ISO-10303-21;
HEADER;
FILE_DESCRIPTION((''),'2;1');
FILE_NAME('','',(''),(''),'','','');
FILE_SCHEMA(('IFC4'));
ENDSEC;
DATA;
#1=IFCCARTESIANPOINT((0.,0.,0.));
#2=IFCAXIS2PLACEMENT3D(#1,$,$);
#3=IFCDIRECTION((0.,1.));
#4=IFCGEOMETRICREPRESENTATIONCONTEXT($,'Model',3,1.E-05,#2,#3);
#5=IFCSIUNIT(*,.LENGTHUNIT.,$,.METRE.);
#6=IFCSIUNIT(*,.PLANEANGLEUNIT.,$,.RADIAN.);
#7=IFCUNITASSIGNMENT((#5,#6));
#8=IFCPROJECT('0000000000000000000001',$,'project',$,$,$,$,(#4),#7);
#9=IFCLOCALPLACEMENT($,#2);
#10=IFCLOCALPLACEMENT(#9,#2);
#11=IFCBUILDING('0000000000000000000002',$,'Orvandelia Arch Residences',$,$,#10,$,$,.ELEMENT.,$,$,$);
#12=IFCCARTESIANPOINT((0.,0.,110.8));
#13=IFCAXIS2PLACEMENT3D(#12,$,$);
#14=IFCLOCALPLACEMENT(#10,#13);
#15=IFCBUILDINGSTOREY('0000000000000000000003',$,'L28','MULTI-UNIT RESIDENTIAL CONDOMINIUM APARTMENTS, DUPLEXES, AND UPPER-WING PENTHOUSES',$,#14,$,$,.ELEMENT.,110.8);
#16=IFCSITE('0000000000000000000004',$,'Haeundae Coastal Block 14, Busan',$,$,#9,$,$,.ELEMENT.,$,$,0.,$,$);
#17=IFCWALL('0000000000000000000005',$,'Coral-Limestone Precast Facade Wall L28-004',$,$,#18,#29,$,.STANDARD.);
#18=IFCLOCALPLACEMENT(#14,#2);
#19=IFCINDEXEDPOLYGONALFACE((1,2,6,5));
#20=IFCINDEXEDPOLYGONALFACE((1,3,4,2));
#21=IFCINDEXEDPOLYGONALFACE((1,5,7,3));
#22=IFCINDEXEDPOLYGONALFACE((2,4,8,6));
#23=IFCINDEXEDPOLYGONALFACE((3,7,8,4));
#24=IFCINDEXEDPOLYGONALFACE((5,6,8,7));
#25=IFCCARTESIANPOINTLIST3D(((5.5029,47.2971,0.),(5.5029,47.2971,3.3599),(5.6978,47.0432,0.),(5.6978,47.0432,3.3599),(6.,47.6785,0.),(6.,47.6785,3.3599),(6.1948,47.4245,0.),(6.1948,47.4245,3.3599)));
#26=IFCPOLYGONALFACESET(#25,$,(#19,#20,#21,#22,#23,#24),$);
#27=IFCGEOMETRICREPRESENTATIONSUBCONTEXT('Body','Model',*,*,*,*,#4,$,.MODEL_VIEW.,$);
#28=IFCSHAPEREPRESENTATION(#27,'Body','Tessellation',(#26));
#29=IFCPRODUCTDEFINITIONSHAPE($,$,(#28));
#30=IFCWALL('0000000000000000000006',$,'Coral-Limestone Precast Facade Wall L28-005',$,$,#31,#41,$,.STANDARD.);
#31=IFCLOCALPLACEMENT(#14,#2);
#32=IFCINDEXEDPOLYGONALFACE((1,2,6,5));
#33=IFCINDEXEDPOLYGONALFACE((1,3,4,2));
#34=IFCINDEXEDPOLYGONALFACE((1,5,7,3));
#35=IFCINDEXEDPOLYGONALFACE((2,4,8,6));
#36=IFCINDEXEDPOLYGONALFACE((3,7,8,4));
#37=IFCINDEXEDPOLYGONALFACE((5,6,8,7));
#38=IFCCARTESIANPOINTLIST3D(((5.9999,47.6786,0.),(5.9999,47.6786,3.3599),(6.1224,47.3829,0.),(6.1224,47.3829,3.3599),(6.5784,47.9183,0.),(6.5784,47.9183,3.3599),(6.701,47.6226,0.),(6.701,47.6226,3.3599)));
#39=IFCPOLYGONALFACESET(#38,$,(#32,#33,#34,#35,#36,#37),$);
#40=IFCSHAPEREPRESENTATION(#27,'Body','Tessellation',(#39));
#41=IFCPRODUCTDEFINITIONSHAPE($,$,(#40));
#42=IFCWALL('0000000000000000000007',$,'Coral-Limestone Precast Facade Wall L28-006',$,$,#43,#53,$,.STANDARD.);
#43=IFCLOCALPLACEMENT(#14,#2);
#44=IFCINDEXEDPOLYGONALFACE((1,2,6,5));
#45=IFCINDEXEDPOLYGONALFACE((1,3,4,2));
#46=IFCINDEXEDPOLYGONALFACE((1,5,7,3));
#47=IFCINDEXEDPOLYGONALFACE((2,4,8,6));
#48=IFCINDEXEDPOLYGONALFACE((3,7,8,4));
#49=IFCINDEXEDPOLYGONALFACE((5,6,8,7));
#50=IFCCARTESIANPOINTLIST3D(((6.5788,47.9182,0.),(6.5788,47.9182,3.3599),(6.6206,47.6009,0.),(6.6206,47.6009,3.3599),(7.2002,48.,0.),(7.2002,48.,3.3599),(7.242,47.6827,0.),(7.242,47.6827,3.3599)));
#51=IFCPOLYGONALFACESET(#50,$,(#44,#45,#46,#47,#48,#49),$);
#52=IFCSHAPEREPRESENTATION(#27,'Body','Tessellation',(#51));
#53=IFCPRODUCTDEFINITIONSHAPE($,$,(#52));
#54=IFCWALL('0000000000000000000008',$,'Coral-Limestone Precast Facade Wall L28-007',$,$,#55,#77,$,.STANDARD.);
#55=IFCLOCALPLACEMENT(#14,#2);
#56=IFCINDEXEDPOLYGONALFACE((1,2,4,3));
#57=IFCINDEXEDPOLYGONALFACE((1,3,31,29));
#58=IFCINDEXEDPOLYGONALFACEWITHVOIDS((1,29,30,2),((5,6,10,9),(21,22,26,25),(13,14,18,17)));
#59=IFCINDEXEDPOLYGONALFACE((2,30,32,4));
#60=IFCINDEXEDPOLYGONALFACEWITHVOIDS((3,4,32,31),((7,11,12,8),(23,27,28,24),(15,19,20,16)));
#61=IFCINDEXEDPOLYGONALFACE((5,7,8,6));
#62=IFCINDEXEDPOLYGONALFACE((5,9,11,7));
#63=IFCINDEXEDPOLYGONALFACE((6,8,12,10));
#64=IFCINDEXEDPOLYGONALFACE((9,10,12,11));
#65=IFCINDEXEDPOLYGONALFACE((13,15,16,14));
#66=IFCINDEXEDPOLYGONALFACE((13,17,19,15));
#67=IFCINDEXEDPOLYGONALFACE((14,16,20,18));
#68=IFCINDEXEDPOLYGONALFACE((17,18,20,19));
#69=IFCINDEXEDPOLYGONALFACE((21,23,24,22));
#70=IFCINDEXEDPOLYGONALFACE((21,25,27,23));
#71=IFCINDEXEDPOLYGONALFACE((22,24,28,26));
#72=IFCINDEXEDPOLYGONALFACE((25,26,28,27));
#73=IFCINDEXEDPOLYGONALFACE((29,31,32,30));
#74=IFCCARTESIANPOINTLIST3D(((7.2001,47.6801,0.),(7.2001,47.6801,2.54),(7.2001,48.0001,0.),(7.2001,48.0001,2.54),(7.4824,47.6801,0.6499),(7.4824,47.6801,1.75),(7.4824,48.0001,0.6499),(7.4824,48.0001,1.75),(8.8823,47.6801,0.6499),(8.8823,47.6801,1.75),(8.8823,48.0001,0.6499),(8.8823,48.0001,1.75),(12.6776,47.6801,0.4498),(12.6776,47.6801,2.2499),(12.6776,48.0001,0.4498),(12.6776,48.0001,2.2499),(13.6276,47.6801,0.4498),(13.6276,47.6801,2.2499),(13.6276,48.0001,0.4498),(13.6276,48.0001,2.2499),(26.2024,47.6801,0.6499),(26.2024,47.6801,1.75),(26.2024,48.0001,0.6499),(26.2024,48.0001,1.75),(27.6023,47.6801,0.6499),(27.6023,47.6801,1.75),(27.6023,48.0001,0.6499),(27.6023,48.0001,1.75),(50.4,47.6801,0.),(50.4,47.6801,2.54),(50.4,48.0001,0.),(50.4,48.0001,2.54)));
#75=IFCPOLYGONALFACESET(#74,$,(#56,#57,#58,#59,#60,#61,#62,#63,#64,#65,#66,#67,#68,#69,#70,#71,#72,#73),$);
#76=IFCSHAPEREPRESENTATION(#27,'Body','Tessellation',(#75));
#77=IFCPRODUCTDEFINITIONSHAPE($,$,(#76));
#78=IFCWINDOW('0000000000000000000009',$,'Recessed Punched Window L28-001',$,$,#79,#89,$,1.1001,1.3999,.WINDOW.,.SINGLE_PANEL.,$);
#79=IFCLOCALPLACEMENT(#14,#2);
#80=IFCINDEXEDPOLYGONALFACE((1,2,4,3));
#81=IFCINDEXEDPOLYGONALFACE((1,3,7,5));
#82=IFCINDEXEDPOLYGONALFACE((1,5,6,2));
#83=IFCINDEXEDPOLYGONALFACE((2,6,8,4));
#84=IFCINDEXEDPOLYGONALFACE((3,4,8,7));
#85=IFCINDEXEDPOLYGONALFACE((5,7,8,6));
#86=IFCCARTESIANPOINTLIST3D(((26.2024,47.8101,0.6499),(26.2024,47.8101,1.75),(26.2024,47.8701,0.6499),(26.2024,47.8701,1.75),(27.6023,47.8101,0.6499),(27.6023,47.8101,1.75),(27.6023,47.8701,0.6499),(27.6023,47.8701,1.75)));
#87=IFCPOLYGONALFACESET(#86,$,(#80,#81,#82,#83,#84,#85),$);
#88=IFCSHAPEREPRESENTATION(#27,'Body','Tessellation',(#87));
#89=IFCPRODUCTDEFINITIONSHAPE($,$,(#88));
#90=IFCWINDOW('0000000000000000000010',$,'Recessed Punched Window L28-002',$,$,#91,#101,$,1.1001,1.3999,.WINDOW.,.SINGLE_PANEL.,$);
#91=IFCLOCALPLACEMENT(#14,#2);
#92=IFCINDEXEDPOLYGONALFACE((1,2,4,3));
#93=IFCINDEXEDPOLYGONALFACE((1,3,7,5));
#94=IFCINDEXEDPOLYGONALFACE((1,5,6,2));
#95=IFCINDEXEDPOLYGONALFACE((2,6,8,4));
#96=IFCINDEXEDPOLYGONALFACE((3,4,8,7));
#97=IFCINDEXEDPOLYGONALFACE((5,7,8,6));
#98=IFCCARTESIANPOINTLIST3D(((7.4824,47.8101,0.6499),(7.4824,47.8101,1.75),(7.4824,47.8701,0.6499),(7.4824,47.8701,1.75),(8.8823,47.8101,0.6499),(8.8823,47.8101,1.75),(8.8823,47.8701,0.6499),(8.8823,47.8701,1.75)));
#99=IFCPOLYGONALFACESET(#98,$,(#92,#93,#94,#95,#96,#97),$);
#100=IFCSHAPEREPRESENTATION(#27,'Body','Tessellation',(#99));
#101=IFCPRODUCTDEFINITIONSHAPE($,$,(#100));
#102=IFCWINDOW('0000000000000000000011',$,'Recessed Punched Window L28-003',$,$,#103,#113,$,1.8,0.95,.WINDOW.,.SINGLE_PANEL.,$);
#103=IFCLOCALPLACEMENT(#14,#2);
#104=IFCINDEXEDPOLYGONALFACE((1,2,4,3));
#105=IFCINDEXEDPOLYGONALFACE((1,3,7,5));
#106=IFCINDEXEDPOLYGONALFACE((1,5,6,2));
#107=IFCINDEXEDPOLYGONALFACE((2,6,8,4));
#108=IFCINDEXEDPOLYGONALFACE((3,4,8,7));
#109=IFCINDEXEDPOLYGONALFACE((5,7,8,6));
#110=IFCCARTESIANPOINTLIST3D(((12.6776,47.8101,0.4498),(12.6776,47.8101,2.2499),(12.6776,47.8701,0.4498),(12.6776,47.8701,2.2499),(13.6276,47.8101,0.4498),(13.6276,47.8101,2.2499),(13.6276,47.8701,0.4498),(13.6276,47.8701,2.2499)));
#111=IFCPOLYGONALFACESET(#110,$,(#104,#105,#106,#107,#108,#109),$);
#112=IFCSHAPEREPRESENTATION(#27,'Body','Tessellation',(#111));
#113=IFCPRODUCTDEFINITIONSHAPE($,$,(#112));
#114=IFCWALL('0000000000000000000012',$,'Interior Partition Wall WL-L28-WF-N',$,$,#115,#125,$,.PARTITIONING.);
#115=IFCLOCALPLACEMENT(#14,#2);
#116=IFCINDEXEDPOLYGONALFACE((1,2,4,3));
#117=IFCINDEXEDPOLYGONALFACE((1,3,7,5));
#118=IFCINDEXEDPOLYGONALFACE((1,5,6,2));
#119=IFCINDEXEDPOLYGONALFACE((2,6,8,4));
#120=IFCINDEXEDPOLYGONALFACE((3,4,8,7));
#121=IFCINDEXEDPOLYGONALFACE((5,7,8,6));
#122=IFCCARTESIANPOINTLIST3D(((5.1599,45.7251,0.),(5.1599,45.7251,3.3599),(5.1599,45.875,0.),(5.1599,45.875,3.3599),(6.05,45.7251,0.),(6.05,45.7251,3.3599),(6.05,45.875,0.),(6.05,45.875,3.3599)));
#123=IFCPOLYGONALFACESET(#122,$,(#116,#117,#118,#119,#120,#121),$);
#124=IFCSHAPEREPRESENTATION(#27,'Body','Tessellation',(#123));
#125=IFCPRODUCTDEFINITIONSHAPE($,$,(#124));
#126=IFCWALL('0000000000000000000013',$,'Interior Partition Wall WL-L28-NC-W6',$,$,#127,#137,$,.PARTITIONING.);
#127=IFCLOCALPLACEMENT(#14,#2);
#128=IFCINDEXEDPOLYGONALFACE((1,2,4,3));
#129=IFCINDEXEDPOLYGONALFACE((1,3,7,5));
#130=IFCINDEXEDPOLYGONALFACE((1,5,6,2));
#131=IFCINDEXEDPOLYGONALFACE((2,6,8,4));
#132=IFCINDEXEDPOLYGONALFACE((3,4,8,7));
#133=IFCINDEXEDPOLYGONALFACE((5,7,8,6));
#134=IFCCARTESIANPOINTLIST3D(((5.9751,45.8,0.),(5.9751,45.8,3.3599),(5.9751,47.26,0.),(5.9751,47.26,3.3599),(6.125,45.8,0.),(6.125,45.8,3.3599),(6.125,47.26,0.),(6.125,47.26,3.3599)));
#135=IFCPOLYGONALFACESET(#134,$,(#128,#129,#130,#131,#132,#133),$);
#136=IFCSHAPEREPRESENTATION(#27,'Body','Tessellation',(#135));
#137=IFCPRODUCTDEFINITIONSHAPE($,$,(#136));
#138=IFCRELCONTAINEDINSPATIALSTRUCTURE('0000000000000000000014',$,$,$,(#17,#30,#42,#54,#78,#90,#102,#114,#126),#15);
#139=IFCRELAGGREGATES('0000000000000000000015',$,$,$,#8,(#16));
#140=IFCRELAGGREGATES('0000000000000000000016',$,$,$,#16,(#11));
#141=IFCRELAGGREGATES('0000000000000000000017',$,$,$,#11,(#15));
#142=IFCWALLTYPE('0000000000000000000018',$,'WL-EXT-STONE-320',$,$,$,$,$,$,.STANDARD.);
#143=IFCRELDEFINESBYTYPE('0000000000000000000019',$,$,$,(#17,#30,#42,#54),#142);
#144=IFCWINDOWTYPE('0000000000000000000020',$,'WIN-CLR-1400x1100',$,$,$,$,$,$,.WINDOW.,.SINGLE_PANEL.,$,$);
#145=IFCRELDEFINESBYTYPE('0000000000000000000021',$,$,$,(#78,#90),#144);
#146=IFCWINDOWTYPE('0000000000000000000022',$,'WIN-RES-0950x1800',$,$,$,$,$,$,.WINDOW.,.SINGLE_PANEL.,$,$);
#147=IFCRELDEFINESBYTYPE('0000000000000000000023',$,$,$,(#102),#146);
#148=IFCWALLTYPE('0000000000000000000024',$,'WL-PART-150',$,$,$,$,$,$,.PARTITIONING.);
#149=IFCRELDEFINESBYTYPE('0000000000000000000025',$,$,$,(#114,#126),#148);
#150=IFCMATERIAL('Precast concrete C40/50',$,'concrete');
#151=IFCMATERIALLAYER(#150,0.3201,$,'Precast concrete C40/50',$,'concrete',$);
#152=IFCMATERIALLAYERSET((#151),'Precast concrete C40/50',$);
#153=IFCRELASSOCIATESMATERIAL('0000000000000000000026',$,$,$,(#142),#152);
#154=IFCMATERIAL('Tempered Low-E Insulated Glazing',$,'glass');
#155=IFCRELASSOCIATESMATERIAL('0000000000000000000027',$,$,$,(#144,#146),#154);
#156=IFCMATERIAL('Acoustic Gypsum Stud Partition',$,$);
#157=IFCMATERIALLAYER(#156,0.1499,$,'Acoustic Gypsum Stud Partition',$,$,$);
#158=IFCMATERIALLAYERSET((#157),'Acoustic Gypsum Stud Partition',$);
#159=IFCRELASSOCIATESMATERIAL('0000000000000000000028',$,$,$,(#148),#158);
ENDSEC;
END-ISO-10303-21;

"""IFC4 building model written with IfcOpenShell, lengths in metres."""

from ifc_helpers import new_model, si_unit, direction, frame, frame_2d, origin, place, context, subcontext, project, spatial, rectangle, extrude, material, layer, layer_set, type_object, element, fill, save


model = new_model("IFC4")

# Units and contexts
model_context = context("Model", 3, precision=1e-05, world=origin(), true_north=direction((0.0, 1.0)))
body_context = subcontext(model_context, "Body", "Model", "MODEL_VIEW")
ifc_project = project(units=[si_unit("LENGTHUNIT", "METRE"), si_unit("PLANEANGLEUNIT", "RADIAN")], contexts=[model_context])

# Site, building, storey
site_placement = place(None, origin())
site = spatial("IfcSite", under=ifc_project, at=site_placement, Name="Haeundae Coastal Block 14, Busan", CompositionType="ELEMENT", RefElevation=0.0)
building_placement = place(site_placement, origin())
building = spatial("IfcBuilding", under=site, at=building_placement, Name="Orvandelia Arch Residences", CompositionType="ELEMENT")
storey_placement = place(building_placement, frame((0.0, 0.0, 110.8)))
storey = spatial("IfcBuildingStorey", under=building, at=storey_placement, Name="L28", Description="MULTI-UNIT RESIDENTIAL CONDOMINIUM APARTMENTS, DUPLEXES, AND UPPER-WING PENTHOUSES", CompositionType="ELEMENT", Elevation=110.8)

# Walls
ifc_material_1 = material(Name="Precast concrete C40/50", Category="concrete")
ifc_layer_1 = layer(ifc_material_1, 0.3201, Name="Precast concrete C40/50", Category="concrete")
ifc_layer_set_1 = layer_set([ifc_layer_1], Name="Precast concrete C40/50")
wall_type_1 = type_object("IfcWallType", Name="WL-EXT-STONE-320", PredefinedType="STANDARD", material=ifc_layer_set_1)
wall_1_placement = place(storey_placement, frame((5.6003, 47.1702, 0.0), z_axis=(0.0, 0.0, 1.0), x_axis=(0.793406, 0.608693, 0.0)))
element("IfcWall", 1, at=wall_1_placement, inside=storey, type_object=wall_type_1, Name="Coral-Limestone Precast Facade Wall L28-004", PredefinedType="STANDARD", context=body_context, shape_type="SweptSolid", body=[
    extrude(rectangle(XDim=0.6265, YDim=0.3201, at=frame_2d((0.3132, 0.0))), origin(), (0.0, 0.0, 1.0), 3.3599),
])
wall_2_placement = place(storey_placement, frame((6.0613, 47.5308, 0.0), z_axis=(0.0, 0.0, 1.0), x_axis=(0.923836, 0.382788, 0.0)))
element("IfcWall", 2, at=wall_2_placement, inside=storey, type_object=wall_type_1, Name="Coral-Limestone Precast Facade Wall L28-005", PredefinedType="STANDARD", context=body_context, shape_type="SweptSolid", body=[
    extrude(rectangle(XDim=0.6262, YDim=0.3201, at=frame_2d((0.313, 0.0))), origin(), (0.0, 0.0, 1.0), 3.3599),
])
wall_3_placement = place(storey_placement, frame((6.5996, 47.7595, 0.0), z_axis=(0.0, 0.0, 1.0), x_axis=(0.991448, 0.130505, 0.0)))
element("IfcWall", 3, at=wall_3_placement, inside=storey, type_object=wall_type_1, Name="Coral-Limestone Precast Facade Wall L28-006", PredefinedType="STANDARD", context=body_context, shape_type="SweptSolid", body=[
    extrude(rectangle(XDim=0.6267, YDim=0.3201, at=frame_2d((0.3135, 0.0))), origin(), (0.0, 0.0, 1.0), 3.3599),
])

# Wall, openings, windows
wall_4_placement = place(storey_placement, frame((7.2, 47.8401, 0.0), z_axis=(0.0, 0.0, 1.0), x_axis=(1.0, 0.0, 0.0)))
wall_4 = element("IfcWall", 4, at=wall_4_placement, inside=storey, type_object=wall_type_1, Name="Coral-Limestone Precast Facade Wall L28-007", PredefinedType="STANDARD", context=body_context, shape_type="SweptSolid", body=[
    extrude(rectangle(XDim=43.2, YDim=0.3201, at=frame_2d((21.6001, 0.0))), origin(), (0.0, 0.0, 1.0), 2.54),
])
opening_1_placement = place(wall_4_placement, frame((19.0024, 0.0, 0.6499)))
opening_1 = element("IfcOpeningElement", 5, at=opening_1_placement, cuts=wall_4, PredefinedType="OPENING", context=body_context, shape_type="SweptSolid", body=[
    extrude(rectangle(XDim=1.3999, YDim=1.1001, at=frame_2d((0.7, 0.55))), frame((0.0, 0.1699, 0.0), z_axis=(0.0, -1.0, 0.0), x_axis=(1.0, 0.0, 0.0)), (0.0, 0.0, 1.0), 0.3401),
])
opening_2_placement = place(wall_4_placement, frame((0.2825, 0.0, 0.6499)))
opening_2 = element("IfcOpeningElement", 6, at=opening_2_placement, cuts=wall_4, PredefinedType="OPENING", context=body_context, shape_type="SweptSolid", body=[
    extrude(rectangle(XDim=1.3999, YDim=1.1001, at=frame_2d((0.7, 0.55))), frame((0.0, 0.1699, 0.0), z_axis=(0.0, -1.0, 0.0), x_axis=(1.0, 0.0, 0.0)), (0.0, 0.0, 1.0), 0.3401),
])
opening_3_placement = place(wall_4_placement, frame((5.4775, 0.0, 0.45)))
opening_3 = element("IfcOpeningElement", 7, at=opening_3_placement, cuts=wall_4, PredefinedType="OPENING", context=body_context, shape_type="SweptSolid", body=[
    extrude(rectangle(XDim=0.95, YDim=1.8, at=frame_2d((0.4751, 0.8999))), frame((0.0, 0.1699, 0.0), z_axis=(0.0, -1.0, 0.0), x_axis=(1.0, 0.0, 0.0)), (0.0, 0.0, 1.0), 0.3401),
])
ifc_material_2 = material(Name="Tempered Low-E Insulated Glazing", Category="glass")
window_type_1 = type_object("IfcWindowType", Name="WIN-CLR-1400x1100", PartitioningType="SINGLE_PANEL", PredefinedType="WINDOW", material=ifc_material_2)
window_1_placement = place(opening_1_placement, origin())
window_1 = element("IfcWindow", 8, at=window_1_placement, inside=storey, type_object=window_type_1, Name="Recessed Punched Window L28-001", OverallHeight=1.1001, OverallWidth=1.3999, PartitioningType="SINGLE_PANEL", PredefinedType="WINDOW", context=body_context, shape_type="SweptSolid", body=[
    extrude(rectangle(XDim=1.3999, YDim=1.1001, at=frame_2d((0.7, 0.55))), frame((0.0, 0.03, 0.0), z_axis=(0.0, -1.0, 0.0), x_axis=(1.0, 0.0, 0.0)), (0.0, 0.0, 1.0), 0.0601),
])
fill(opening_1, window_1)
window_2_placement = place(opening_2_placement, origin())
window_2 = element("IfcWindow", 9, at=window_2_placement, inside=storey, type_object=window_type_1, Name="Recessed Punched Window L28-002", OverallHeight=1.1001, OverallWidth=1.3999, PartitioningType="SINGLE_PANEL", PredefinedType="WINDOW", context=body_context, shape_type="SweptSolid", body=[
    extrude(rectangle(XDim=1.3999, YDim=1.1001, at=frame_2d((0.7, 0.55))), frame((0.0, 0.03, 0.0), z_axis=(0.0, -1.0, 0.0), x_axis=(1.0, 0.0, 0.0)), (0.0, 0.0, 1.0), 0.0601),
])
fill(opening_2, window_2)
window_type_2 = type_object("IfcWindowType", Name="WIN-RES-0950x1800", PartitioningType="SINGLE_PANEL", PredefinedType="WINDOW", material=ifc_material_2)
window_3_placement = place(opening_3_placement, origin())
window_3 = element("IfcWindow", 10, at=window_3_placement, inside=storey, type_object=window_type_2, Name="Recessed Punched Window L28-003", OverallHeight=1.8, OverallWidth=0.95, PartitioningType="SINGLE_PANEL", PredefinedType="WINDOW", context=body_context, shape_type="SweptSolid", body=[
    extrude(rectangle(XDim=0.95, YDim=1.8, at=frame_2d((0.4751, 0.8999))), frame((0.0, 0.03, 0.0), z_axis=(0.0, -1.0, 0.0), x_axis=(1.0, 0.0, 0.0)), (0.0, 0.0, 1.0), 0.0601),
])
fill(opening_3, window_3)

# Walls
ifc_material_3 = material(Name="Acoustic Gypsum Stud Partition")
ifc_layer_2 = layer(ifc_material_3, 0.1499, Name="Acoustic Gypsum Stud Partition")
ifc_layer_set_2 = layer_set([ifc_layer_2], Name="Acoustic Gypsum Stud Partition")
wall_type_2 = type_object("IfcWallType", Name="WL-PART-150", PredefinedType="PARTITIONING", material=ifc_layer_set_2)
wall_5_placement = place(storey_placement, frame((5.1599, 45.8, 0.0), z_axis=(0.0, 0.0, 1.0), x_axis=(1.0, 0.0, 0.0)))
element("IfcWall", 11, at=wall_5_placement, inside=storey, type_object=wall_type_2, Name="Interior Partition Wall WL-L28-WF-N", PredefinedType="PARTITIONING", context=body_context, shape_type="SweptSolid", body=[
    extrude(rectangle(XDim=0.8901, YDim=0.1499, at=frame_2d((0.4451, 0.0))), origin(), (0.0, 0.0, 1.0), 3.3599),
])
wall_6_placement = place(storey_placement, frame((6.05, 45.8, 0.0), z_axis=(0.0, 0.0, 1.0), x_axis=(0.0, 1.0, 0.0)))
element("IfcWall", 12, at=wall_6_placement, inside=storey, type_object=wall_type_2, Name="Interior Partition Wall WL-L28-NC-W6", PredefinedType="PARTITIONING", context=body_context, shape_type="SweptSolid", body=[
    extrude(rectangle(XDim=1.46, YDim=0.1499, at=frame_2d((0.73, 0.0))), origin(), (0.0, 0.0, 1.0), 3.3599),
])

save(model, "model.ifc")
